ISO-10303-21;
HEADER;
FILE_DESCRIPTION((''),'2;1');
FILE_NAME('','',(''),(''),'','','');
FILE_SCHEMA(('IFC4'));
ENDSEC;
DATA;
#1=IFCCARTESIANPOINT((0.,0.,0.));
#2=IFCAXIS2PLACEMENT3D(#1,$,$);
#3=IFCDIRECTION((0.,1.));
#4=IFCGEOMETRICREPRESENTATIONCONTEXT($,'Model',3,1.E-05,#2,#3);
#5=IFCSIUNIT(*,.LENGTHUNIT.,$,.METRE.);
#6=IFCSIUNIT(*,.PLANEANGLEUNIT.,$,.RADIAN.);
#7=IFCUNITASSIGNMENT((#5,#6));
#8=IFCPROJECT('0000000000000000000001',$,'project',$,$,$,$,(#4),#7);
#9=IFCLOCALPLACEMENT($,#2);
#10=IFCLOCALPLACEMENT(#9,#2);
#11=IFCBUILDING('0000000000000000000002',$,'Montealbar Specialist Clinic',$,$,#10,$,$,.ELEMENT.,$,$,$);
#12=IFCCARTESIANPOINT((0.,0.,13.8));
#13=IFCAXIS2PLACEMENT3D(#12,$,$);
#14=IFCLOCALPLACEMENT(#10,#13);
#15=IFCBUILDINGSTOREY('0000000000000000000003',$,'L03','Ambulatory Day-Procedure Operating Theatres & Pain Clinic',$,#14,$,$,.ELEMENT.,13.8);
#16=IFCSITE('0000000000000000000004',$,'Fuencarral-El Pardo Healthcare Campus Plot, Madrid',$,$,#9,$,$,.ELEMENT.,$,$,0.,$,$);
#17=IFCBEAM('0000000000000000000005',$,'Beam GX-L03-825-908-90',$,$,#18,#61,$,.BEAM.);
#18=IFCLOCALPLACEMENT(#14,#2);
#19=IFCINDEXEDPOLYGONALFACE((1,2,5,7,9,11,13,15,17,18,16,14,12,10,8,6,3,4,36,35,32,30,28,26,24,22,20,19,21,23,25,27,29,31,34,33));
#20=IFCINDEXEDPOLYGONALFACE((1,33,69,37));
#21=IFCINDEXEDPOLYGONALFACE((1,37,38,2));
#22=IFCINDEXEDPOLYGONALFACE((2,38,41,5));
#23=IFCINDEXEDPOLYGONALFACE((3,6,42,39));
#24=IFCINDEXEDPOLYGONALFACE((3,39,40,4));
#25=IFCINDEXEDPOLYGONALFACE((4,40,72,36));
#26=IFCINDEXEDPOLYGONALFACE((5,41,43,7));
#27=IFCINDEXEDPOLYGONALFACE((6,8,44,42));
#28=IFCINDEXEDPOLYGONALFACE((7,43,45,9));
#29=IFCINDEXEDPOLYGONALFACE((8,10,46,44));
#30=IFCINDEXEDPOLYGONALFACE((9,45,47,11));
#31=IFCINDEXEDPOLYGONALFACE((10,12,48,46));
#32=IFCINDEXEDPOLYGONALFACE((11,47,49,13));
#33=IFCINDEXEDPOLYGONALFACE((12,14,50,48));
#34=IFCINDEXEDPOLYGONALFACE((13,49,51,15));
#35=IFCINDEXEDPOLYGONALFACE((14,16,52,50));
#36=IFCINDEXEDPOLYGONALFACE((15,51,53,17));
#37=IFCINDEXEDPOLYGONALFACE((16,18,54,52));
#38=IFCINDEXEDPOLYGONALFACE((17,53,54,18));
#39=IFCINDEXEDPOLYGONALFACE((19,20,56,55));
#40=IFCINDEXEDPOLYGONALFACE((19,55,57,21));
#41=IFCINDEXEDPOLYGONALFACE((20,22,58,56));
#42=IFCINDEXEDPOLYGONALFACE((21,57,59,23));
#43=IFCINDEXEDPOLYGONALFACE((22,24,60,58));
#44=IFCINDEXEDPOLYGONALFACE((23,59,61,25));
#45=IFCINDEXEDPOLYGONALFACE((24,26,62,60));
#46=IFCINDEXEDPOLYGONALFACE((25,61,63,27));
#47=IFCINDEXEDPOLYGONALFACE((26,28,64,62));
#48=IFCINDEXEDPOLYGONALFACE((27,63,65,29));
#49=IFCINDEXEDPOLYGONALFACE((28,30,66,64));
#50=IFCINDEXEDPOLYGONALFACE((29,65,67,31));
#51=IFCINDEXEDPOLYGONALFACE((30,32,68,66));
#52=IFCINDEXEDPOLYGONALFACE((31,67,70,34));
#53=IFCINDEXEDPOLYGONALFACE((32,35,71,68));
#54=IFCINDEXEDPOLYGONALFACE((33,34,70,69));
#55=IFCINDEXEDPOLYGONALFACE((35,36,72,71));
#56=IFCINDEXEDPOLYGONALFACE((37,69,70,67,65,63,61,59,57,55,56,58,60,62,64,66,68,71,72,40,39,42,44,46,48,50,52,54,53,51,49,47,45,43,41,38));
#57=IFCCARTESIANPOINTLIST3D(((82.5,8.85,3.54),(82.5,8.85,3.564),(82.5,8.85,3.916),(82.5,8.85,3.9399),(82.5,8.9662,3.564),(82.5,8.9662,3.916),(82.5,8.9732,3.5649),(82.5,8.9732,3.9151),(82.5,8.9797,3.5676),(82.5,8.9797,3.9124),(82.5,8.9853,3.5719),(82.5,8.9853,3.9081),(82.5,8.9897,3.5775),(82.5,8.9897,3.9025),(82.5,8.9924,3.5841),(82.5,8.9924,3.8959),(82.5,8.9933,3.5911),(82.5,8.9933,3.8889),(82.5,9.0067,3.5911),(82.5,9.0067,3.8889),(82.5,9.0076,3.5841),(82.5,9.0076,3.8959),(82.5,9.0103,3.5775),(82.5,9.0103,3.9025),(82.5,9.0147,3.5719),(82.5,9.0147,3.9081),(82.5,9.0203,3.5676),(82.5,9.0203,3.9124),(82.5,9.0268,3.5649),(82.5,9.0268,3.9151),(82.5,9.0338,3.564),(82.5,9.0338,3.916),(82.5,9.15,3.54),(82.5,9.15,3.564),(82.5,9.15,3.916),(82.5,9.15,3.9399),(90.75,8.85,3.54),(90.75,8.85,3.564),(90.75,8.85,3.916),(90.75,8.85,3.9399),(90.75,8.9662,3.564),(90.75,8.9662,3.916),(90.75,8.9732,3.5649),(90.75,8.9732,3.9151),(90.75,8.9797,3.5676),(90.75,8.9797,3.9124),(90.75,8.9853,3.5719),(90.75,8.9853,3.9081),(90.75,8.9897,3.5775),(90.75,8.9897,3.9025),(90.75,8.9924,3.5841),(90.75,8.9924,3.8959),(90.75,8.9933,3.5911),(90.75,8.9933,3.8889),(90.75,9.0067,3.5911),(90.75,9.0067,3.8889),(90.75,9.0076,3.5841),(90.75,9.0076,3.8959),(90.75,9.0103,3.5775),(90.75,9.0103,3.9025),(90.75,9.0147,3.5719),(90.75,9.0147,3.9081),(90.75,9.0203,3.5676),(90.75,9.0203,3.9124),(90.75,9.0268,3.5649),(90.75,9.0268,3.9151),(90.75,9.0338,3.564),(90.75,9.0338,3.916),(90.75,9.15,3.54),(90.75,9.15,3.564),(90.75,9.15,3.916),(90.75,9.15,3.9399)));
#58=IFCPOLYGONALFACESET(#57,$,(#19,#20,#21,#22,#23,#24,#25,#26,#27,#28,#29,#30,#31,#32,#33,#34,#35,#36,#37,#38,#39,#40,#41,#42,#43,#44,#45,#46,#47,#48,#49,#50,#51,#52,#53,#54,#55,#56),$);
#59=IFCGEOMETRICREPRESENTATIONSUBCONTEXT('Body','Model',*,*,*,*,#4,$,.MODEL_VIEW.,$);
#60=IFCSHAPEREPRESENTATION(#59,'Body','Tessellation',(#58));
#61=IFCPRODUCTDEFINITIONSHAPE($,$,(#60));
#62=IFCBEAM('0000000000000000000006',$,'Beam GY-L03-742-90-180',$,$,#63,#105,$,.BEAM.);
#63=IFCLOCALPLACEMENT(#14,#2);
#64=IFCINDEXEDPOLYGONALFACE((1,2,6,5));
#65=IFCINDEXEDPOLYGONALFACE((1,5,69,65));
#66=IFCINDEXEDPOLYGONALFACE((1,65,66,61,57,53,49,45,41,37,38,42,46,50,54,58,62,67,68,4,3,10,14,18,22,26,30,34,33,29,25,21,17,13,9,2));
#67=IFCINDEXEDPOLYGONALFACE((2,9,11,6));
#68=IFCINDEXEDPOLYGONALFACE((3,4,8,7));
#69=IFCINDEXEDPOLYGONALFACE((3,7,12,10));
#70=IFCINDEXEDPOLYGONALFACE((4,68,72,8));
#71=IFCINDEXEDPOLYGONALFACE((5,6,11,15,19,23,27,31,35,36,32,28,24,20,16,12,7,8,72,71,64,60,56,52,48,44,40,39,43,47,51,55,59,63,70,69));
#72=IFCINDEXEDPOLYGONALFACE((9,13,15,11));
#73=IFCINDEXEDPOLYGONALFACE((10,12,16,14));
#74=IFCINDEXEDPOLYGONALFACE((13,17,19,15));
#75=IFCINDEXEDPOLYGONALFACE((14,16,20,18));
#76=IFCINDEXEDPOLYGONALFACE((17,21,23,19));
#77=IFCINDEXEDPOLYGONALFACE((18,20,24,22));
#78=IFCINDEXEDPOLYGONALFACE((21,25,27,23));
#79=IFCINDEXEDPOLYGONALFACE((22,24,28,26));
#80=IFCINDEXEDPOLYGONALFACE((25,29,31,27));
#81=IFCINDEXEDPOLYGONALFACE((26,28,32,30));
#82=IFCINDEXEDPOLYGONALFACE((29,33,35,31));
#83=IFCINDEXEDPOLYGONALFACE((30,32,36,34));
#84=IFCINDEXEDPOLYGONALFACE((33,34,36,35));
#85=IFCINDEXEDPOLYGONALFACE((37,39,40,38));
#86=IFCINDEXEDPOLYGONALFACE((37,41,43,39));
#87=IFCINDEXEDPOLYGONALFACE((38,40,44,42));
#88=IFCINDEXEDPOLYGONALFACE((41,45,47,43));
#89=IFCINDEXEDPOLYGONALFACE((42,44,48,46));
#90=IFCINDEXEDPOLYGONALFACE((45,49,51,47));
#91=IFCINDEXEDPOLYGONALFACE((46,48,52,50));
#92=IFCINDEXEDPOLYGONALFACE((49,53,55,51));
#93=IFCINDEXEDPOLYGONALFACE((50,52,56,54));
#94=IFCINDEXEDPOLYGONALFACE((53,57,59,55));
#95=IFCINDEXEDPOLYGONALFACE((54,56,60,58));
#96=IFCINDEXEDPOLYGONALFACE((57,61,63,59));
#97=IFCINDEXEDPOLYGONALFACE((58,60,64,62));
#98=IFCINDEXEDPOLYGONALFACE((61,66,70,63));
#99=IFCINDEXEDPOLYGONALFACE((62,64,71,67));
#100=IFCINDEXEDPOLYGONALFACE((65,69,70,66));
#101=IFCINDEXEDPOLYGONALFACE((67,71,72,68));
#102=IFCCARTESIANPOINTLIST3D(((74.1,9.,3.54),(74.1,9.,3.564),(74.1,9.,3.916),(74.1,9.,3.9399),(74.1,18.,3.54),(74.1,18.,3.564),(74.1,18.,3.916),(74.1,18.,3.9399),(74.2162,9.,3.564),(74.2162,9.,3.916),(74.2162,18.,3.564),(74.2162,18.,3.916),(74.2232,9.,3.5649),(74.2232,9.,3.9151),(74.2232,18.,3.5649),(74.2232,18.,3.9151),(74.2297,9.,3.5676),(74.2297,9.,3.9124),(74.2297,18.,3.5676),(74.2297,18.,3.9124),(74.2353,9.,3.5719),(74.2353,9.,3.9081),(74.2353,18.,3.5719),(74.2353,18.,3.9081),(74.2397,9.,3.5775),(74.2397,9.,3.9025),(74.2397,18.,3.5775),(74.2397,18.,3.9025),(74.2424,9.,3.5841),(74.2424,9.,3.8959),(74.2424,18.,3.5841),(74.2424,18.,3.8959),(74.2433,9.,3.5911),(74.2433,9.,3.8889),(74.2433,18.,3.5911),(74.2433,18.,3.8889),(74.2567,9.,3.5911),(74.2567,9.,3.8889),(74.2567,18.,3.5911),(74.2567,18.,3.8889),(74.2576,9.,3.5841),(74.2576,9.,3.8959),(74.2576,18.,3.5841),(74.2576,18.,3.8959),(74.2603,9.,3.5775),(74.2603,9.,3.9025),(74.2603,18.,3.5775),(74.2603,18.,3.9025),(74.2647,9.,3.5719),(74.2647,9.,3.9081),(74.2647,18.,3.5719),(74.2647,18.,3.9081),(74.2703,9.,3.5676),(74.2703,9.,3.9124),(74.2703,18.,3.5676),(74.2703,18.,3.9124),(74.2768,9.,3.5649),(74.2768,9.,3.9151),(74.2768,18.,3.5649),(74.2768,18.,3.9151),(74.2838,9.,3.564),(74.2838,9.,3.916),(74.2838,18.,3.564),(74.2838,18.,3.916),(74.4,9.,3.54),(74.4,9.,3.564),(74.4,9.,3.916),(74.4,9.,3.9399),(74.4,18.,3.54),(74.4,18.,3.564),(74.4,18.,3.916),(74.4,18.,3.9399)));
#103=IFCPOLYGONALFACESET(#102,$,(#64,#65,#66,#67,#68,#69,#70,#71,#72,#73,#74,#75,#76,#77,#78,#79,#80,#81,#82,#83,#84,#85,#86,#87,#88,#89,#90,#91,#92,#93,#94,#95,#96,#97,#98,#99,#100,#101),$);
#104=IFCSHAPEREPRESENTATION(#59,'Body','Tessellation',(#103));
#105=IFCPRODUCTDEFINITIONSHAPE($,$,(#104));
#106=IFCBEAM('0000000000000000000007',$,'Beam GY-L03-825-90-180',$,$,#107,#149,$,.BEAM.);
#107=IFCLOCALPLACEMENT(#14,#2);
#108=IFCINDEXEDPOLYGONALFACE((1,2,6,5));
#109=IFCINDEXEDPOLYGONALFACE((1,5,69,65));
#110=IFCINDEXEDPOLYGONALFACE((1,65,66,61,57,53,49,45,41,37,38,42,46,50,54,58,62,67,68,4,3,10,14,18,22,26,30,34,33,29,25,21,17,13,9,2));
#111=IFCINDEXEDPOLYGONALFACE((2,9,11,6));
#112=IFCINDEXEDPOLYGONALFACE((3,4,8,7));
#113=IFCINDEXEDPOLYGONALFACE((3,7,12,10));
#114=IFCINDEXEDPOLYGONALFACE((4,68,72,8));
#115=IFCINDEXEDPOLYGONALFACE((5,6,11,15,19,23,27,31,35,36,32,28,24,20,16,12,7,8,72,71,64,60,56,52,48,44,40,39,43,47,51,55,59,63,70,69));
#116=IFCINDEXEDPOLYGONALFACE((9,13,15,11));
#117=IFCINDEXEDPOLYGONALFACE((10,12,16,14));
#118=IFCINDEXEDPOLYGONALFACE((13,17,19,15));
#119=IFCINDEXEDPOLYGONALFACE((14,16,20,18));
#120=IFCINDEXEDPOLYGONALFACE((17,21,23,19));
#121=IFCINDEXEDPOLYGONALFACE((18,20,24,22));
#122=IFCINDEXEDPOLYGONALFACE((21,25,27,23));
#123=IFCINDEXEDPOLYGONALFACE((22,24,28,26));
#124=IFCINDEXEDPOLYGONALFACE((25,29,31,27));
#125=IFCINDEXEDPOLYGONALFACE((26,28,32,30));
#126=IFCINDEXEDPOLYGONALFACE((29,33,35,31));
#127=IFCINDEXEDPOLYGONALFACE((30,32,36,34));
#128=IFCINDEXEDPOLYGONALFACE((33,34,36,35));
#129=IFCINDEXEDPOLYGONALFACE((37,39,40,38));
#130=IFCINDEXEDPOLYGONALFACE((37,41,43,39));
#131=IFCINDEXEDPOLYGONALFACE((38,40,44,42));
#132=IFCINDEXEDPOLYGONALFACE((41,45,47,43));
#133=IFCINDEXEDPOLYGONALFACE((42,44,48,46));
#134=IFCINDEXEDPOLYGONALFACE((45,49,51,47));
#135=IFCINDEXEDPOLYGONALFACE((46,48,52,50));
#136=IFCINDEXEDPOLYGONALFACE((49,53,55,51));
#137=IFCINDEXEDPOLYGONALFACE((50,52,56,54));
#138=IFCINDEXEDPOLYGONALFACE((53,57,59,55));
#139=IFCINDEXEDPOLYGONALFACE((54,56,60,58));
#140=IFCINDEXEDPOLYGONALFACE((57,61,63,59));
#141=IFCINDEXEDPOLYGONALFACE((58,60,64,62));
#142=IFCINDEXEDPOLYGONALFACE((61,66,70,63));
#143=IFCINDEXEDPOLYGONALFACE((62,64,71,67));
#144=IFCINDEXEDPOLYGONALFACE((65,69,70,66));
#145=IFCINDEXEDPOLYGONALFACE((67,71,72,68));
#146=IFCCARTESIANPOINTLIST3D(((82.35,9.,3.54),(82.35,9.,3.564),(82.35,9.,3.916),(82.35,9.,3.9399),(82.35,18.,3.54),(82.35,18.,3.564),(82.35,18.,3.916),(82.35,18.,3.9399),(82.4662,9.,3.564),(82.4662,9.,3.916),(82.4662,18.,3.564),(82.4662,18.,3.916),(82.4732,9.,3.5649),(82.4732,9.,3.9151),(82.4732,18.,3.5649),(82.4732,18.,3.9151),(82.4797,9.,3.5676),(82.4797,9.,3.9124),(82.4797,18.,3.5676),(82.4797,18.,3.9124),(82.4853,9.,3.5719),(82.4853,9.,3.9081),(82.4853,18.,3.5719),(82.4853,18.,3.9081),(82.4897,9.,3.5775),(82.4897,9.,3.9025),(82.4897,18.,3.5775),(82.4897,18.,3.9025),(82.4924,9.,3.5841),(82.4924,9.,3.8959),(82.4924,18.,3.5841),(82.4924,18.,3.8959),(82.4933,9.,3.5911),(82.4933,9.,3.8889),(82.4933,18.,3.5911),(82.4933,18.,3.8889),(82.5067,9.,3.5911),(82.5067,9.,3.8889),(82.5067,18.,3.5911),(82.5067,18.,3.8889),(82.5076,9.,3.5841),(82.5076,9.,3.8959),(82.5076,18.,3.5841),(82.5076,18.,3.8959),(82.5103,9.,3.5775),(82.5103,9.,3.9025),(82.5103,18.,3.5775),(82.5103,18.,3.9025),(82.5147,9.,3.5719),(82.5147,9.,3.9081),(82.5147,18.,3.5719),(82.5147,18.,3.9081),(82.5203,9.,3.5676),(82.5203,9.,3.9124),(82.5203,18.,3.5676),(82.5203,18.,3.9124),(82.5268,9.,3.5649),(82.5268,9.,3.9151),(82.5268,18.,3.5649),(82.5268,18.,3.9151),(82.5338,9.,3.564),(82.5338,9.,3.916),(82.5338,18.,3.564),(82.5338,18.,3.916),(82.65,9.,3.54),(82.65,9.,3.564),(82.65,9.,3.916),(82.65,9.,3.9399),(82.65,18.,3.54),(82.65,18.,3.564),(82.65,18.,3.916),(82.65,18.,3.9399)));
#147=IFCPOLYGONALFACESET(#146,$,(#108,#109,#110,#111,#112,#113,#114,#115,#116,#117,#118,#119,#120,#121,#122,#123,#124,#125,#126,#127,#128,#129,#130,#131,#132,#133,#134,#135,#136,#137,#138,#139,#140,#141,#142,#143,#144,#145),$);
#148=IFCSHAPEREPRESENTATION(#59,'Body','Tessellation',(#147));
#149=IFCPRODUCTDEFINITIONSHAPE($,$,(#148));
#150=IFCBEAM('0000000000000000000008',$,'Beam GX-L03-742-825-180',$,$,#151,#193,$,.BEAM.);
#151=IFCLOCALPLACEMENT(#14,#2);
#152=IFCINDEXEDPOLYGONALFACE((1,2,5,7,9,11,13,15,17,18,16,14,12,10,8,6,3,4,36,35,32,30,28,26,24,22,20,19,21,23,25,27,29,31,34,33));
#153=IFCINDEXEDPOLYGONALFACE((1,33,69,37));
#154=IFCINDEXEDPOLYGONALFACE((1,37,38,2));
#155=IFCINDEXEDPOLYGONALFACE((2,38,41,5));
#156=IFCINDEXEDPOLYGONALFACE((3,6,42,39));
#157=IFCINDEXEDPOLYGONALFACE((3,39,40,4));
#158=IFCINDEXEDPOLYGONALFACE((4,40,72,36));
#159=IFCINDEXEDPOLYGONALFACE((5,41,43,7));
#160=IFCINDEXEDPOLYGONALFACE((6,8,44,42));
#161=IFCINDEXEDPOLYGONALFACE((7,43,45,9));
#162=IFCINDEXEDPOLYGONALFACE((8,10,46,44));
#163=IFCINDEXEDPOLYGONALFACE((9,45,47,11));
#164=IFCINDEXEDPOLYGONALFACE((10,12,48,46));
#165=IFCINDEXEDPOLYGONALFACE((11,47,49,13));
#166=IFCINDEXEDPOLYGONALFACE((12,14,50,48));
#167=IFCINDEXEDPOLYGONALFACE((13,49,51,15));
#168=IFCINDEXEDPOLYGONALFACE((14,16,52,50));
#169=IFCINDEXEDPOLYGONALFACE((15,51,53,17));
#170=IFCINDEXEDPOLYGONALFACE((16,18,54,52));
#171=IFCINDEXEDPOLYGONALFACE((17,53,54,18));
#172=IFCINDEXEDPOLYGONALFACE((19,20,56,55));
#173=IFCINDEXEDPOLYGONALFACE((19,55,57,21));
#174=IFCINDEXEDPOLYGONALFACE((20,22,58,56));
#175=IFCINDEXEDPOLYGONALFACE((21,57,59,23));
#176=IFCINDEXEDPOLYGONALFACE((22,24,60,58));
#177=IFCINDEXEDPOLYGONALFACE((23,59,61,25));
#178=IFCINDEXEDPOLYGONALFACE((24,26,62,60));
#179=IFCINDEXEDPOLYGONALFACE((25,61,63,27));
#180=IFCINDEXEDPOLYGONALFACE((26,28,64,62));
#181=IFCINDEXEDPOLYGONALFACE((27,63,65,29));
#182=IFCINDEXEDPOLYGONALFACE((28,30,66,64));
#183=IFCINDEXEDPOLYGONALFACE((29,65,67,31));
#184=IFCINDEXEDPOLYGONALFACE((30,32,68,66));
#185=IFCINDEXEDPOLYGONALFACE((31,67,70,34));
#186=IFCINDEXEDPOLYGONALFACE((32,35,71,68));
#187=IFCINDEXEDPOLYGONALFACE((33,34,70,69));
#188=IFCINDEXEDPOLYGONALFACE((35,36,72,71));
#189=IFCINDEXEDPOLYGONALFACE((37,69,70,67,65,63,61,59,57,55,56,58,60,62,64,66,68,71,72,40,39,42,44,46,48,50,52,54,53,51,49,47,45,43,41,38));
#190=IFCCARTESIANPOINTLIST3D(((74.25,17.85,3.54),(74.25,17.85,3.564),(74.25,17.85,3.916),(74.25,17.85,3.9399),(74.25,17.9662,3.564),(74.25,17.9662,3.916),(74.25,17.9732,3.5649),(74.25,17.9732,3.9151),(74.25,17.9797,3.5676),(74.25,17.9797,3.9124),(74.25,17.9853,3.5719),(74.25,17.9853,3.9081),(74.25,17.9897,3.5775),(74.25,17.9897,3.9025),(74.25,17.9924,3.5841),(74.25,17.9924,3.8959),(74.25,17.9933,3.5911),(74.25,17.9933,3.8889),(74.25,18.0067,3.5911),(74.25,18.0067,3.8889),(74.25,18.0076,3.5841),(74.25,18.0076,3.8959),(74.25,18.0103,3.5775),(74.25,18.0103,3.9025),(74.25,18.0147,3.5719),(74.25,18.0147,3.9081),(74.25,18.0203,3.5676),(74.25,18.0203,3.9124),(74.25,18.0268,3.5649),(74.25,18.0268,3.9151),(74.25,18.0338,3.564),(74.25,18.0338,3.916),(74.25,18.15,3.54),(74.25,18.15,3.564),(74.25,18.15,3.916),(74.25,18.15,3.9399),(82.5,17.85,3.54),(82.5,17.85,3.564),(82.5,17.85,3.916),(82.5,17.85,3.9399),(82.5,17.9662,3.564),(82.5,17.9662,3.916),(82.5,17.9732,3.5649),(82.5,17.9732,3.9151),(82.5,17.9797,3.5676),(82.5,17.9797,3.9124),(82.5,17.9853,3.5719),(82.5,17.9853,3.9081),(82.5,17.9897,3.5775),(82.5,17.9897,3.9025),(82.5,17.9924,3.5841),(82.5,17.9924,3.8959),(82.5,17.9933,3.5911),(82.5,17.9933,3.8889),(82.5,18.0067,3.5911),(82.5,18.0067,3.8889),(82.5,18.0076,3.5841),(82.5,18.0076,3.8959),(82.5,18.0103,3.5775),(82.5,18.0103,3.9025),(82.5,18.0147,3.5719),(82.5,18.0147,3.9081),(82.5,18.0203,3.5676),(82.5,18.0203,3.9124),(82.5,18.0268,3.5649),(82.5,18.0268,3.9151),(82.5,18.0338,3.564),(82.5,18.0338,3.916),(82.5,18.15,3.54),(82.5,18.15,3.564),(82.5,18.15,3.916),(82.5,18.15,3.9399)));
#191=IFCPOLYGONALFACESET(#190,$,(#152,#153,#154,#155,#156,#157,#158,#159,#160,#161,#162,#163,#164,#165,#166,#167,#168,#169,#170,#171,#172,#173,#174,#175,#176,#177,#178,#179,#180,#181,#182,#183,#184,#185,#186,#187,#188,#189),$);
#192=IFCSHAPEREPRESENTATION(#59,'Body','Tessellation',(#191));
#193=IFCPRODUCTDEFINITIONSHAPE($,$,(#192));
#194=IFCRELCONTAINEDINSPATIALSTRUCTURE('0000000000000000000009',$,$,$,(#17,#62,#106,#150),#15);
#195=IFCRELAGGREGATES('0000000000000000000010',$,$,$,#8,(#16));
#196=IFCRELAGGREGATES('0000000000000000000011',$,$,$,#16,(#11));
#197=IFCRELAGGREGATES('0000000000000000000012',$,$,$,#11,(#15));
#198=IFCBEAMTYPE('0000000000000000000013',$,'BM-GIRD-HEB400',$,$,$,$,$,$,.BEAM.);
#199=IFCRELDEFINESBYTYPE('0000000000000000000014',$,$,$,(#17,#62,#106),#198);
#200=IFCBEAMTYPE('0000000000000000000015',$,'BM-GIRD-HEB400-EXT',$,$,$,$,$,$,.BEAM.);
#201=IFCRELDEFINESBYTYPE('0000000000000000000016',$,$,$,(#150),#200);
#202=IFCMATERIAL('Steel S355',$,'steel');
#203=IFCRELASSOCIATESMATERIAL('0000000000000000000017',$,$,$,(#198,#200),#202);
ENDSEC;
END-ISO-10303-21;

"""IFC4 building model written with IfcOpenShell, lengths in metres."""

from ifc_helpers import new_model, si_unit, direction, frame, origin, origin_2d, place, context, subcontext, project, spatial, i_section, extrude, material, material_profile, profile_set, type_object, element, save


model = new_model("IFC4")

# Units and contexts
model_context = context("Model", 3, precision=1e-05, world=origin(), true_north=direction((0.0, 1.0)))
body_context = subcontext(model_context, "Body", "Model", "MODEL_VIEW")
ifc_project = project(units=[si_unit("LENGTHUNIT", "METRE"), si_unit("PLANEANGLEUNIT", "RADIAN")], contexts=[model_context])

# Site, building, storey
site_placement = place(None, origin())
site = spatial("IfcSite", under=ifc_project, at=site_placement, Name="Fuencarral-El Pardo Healthcare Campus Plot, Madrid", CompositionType="ELEMENT", RefElevation=0.0)
building_placement = place(site_placement, origin())
building = spatial("IfcBuilding", under=site, at=building_placement, Name="Montealbar Specialist Clinic", CompositionType="ELEMENT")
storey_placement = place(building_placement, frame((0.0, 0.0, 13.8)))
storey = spatial("IfcBuildingStorey", under=building, at=storey_placement, Name="L03", Description="Ambulatory Day-Procedure Operating Theatres & Pain Clinic", CompositionType="ELEMENT", Elevation=13.8)

# Shared definitions
ifc_material_1 = material(Name="Steel S355", Category="steel")

# Beams
ifc_material_profile_1 = material_profile(ifc_material_1, i_section(OverallWidth=0.3, OverallDepth=0.3999, WebThickness=0.0134, FlangeThickness=0.0239, FilletRadius=0.0271, at=origin_2d()), Name="HEB 400", Category="steel")
ifc_profile_set_1 = profile_set([ifc_material_profile_1], Name="Steel S355")
beam_type_1 = type_object("IfcBeamType", Name="BM-GIRD-HEB400", PredefinedType="BEAM", material=ifc_profile_set_1)
for number, where, z_axis, x_axis, name in (
    (1, (82.5, 9.0, 3.74), (1.0, 0.0, 0.0), (0.0, 1.0, 0.0), "Beam GX-L03-825-908-90"),
):
    element("IfcBeam", number, at=place(storey_placement, frame(where, z_axis=z_axis, x_axis=x_axis)), inside=storey, type_object=beam_type_1, Name=name, PredefinedType="BEAM", context=body_context, shape_type="SweptSolid", body=[
        extrude(i_section(OverallWidth=0.3, OverallDepth=0.3999, WebThickness=0.0134, FlangeThickness=0.0239, FilletRadius=0.0271, at=origin_2d()), origin(), (0.0, 0.0, 1.0), 8.25),
    ])
for number, where, z_axis, x_axis, name in (
    (2, (74.25, 9.0, 3.74), (0.0, 1.0, 0.0), (-1.0, 0.0, 0.0), "Beam GY-L03-742-90-180"),
    (3, (82.5, 9.0, 3.74), (0.0, 1.0, 0.0), (-1.0, 0.0, 0.0), "Beam GY-L03-825-90-180"),
):
    element("IfcBeam", number, at=place(storey_placement, frame(where, z_axis=z_axis, x_axis=x_axis)), inside=storey, type_object=beam_type_1, Name=name, PredefinedType="BEAM", context=body_context, shape_type="SweptSolid", body=[
        extrude(i_section(OverallWidth=0.3, OverallDepth=0.3999, WebThickness=0.0134, FlangeThickness=0.0239, FilletRadius=0.0271, at=origin_2d()), origin(), (0.0, 0.0, 1.0), 9.0),
    ])
ifc_material_profile_2 = material_profile(ifc_material_1, i_section(OverallWidth=0.3, OverallDepth=0.3999, WebThickness=0.0134, FlangeThickness=0.0239, FilletRadius=0.0271, at=origin_2d()), Name="HEB 400", Category="steel")
ifc_profile_set_2 = profile_set([ifc_material_profile_2], Name="Steel S355")
beam_type_2 = type_object("IfcBeamType", Name="BM-GIRD-HEB400-EXT", PredefinedType="BEAM", material=ifc_profile_set_2)
beam_1_placement = place(storey_placement, frame((74.25, 18.0, 3.74), z_axis=(1.0, 0.0, 0.0), x_axis=(0.0, 1.0, 0.0)))
element("IfcBeam", 4, at=beam_1_placement, inside=storey, type_object=beam_type_2, Name="Beam GX-L03-742-825-180", PredefinedType="BEAM", context=body_context, shape_type="SweptSolid", body=[
    extrude(i_section(OverallWidth=0.3, OverallDepth=0.3999, WebThickness=0.0134, FlangeThickness=0.0239, FilletRadius=0.0271, at=origin_2d()), origin(), (0.0, 0.0, 1.0), 8.25),
])

save(model, "model.ifc")
